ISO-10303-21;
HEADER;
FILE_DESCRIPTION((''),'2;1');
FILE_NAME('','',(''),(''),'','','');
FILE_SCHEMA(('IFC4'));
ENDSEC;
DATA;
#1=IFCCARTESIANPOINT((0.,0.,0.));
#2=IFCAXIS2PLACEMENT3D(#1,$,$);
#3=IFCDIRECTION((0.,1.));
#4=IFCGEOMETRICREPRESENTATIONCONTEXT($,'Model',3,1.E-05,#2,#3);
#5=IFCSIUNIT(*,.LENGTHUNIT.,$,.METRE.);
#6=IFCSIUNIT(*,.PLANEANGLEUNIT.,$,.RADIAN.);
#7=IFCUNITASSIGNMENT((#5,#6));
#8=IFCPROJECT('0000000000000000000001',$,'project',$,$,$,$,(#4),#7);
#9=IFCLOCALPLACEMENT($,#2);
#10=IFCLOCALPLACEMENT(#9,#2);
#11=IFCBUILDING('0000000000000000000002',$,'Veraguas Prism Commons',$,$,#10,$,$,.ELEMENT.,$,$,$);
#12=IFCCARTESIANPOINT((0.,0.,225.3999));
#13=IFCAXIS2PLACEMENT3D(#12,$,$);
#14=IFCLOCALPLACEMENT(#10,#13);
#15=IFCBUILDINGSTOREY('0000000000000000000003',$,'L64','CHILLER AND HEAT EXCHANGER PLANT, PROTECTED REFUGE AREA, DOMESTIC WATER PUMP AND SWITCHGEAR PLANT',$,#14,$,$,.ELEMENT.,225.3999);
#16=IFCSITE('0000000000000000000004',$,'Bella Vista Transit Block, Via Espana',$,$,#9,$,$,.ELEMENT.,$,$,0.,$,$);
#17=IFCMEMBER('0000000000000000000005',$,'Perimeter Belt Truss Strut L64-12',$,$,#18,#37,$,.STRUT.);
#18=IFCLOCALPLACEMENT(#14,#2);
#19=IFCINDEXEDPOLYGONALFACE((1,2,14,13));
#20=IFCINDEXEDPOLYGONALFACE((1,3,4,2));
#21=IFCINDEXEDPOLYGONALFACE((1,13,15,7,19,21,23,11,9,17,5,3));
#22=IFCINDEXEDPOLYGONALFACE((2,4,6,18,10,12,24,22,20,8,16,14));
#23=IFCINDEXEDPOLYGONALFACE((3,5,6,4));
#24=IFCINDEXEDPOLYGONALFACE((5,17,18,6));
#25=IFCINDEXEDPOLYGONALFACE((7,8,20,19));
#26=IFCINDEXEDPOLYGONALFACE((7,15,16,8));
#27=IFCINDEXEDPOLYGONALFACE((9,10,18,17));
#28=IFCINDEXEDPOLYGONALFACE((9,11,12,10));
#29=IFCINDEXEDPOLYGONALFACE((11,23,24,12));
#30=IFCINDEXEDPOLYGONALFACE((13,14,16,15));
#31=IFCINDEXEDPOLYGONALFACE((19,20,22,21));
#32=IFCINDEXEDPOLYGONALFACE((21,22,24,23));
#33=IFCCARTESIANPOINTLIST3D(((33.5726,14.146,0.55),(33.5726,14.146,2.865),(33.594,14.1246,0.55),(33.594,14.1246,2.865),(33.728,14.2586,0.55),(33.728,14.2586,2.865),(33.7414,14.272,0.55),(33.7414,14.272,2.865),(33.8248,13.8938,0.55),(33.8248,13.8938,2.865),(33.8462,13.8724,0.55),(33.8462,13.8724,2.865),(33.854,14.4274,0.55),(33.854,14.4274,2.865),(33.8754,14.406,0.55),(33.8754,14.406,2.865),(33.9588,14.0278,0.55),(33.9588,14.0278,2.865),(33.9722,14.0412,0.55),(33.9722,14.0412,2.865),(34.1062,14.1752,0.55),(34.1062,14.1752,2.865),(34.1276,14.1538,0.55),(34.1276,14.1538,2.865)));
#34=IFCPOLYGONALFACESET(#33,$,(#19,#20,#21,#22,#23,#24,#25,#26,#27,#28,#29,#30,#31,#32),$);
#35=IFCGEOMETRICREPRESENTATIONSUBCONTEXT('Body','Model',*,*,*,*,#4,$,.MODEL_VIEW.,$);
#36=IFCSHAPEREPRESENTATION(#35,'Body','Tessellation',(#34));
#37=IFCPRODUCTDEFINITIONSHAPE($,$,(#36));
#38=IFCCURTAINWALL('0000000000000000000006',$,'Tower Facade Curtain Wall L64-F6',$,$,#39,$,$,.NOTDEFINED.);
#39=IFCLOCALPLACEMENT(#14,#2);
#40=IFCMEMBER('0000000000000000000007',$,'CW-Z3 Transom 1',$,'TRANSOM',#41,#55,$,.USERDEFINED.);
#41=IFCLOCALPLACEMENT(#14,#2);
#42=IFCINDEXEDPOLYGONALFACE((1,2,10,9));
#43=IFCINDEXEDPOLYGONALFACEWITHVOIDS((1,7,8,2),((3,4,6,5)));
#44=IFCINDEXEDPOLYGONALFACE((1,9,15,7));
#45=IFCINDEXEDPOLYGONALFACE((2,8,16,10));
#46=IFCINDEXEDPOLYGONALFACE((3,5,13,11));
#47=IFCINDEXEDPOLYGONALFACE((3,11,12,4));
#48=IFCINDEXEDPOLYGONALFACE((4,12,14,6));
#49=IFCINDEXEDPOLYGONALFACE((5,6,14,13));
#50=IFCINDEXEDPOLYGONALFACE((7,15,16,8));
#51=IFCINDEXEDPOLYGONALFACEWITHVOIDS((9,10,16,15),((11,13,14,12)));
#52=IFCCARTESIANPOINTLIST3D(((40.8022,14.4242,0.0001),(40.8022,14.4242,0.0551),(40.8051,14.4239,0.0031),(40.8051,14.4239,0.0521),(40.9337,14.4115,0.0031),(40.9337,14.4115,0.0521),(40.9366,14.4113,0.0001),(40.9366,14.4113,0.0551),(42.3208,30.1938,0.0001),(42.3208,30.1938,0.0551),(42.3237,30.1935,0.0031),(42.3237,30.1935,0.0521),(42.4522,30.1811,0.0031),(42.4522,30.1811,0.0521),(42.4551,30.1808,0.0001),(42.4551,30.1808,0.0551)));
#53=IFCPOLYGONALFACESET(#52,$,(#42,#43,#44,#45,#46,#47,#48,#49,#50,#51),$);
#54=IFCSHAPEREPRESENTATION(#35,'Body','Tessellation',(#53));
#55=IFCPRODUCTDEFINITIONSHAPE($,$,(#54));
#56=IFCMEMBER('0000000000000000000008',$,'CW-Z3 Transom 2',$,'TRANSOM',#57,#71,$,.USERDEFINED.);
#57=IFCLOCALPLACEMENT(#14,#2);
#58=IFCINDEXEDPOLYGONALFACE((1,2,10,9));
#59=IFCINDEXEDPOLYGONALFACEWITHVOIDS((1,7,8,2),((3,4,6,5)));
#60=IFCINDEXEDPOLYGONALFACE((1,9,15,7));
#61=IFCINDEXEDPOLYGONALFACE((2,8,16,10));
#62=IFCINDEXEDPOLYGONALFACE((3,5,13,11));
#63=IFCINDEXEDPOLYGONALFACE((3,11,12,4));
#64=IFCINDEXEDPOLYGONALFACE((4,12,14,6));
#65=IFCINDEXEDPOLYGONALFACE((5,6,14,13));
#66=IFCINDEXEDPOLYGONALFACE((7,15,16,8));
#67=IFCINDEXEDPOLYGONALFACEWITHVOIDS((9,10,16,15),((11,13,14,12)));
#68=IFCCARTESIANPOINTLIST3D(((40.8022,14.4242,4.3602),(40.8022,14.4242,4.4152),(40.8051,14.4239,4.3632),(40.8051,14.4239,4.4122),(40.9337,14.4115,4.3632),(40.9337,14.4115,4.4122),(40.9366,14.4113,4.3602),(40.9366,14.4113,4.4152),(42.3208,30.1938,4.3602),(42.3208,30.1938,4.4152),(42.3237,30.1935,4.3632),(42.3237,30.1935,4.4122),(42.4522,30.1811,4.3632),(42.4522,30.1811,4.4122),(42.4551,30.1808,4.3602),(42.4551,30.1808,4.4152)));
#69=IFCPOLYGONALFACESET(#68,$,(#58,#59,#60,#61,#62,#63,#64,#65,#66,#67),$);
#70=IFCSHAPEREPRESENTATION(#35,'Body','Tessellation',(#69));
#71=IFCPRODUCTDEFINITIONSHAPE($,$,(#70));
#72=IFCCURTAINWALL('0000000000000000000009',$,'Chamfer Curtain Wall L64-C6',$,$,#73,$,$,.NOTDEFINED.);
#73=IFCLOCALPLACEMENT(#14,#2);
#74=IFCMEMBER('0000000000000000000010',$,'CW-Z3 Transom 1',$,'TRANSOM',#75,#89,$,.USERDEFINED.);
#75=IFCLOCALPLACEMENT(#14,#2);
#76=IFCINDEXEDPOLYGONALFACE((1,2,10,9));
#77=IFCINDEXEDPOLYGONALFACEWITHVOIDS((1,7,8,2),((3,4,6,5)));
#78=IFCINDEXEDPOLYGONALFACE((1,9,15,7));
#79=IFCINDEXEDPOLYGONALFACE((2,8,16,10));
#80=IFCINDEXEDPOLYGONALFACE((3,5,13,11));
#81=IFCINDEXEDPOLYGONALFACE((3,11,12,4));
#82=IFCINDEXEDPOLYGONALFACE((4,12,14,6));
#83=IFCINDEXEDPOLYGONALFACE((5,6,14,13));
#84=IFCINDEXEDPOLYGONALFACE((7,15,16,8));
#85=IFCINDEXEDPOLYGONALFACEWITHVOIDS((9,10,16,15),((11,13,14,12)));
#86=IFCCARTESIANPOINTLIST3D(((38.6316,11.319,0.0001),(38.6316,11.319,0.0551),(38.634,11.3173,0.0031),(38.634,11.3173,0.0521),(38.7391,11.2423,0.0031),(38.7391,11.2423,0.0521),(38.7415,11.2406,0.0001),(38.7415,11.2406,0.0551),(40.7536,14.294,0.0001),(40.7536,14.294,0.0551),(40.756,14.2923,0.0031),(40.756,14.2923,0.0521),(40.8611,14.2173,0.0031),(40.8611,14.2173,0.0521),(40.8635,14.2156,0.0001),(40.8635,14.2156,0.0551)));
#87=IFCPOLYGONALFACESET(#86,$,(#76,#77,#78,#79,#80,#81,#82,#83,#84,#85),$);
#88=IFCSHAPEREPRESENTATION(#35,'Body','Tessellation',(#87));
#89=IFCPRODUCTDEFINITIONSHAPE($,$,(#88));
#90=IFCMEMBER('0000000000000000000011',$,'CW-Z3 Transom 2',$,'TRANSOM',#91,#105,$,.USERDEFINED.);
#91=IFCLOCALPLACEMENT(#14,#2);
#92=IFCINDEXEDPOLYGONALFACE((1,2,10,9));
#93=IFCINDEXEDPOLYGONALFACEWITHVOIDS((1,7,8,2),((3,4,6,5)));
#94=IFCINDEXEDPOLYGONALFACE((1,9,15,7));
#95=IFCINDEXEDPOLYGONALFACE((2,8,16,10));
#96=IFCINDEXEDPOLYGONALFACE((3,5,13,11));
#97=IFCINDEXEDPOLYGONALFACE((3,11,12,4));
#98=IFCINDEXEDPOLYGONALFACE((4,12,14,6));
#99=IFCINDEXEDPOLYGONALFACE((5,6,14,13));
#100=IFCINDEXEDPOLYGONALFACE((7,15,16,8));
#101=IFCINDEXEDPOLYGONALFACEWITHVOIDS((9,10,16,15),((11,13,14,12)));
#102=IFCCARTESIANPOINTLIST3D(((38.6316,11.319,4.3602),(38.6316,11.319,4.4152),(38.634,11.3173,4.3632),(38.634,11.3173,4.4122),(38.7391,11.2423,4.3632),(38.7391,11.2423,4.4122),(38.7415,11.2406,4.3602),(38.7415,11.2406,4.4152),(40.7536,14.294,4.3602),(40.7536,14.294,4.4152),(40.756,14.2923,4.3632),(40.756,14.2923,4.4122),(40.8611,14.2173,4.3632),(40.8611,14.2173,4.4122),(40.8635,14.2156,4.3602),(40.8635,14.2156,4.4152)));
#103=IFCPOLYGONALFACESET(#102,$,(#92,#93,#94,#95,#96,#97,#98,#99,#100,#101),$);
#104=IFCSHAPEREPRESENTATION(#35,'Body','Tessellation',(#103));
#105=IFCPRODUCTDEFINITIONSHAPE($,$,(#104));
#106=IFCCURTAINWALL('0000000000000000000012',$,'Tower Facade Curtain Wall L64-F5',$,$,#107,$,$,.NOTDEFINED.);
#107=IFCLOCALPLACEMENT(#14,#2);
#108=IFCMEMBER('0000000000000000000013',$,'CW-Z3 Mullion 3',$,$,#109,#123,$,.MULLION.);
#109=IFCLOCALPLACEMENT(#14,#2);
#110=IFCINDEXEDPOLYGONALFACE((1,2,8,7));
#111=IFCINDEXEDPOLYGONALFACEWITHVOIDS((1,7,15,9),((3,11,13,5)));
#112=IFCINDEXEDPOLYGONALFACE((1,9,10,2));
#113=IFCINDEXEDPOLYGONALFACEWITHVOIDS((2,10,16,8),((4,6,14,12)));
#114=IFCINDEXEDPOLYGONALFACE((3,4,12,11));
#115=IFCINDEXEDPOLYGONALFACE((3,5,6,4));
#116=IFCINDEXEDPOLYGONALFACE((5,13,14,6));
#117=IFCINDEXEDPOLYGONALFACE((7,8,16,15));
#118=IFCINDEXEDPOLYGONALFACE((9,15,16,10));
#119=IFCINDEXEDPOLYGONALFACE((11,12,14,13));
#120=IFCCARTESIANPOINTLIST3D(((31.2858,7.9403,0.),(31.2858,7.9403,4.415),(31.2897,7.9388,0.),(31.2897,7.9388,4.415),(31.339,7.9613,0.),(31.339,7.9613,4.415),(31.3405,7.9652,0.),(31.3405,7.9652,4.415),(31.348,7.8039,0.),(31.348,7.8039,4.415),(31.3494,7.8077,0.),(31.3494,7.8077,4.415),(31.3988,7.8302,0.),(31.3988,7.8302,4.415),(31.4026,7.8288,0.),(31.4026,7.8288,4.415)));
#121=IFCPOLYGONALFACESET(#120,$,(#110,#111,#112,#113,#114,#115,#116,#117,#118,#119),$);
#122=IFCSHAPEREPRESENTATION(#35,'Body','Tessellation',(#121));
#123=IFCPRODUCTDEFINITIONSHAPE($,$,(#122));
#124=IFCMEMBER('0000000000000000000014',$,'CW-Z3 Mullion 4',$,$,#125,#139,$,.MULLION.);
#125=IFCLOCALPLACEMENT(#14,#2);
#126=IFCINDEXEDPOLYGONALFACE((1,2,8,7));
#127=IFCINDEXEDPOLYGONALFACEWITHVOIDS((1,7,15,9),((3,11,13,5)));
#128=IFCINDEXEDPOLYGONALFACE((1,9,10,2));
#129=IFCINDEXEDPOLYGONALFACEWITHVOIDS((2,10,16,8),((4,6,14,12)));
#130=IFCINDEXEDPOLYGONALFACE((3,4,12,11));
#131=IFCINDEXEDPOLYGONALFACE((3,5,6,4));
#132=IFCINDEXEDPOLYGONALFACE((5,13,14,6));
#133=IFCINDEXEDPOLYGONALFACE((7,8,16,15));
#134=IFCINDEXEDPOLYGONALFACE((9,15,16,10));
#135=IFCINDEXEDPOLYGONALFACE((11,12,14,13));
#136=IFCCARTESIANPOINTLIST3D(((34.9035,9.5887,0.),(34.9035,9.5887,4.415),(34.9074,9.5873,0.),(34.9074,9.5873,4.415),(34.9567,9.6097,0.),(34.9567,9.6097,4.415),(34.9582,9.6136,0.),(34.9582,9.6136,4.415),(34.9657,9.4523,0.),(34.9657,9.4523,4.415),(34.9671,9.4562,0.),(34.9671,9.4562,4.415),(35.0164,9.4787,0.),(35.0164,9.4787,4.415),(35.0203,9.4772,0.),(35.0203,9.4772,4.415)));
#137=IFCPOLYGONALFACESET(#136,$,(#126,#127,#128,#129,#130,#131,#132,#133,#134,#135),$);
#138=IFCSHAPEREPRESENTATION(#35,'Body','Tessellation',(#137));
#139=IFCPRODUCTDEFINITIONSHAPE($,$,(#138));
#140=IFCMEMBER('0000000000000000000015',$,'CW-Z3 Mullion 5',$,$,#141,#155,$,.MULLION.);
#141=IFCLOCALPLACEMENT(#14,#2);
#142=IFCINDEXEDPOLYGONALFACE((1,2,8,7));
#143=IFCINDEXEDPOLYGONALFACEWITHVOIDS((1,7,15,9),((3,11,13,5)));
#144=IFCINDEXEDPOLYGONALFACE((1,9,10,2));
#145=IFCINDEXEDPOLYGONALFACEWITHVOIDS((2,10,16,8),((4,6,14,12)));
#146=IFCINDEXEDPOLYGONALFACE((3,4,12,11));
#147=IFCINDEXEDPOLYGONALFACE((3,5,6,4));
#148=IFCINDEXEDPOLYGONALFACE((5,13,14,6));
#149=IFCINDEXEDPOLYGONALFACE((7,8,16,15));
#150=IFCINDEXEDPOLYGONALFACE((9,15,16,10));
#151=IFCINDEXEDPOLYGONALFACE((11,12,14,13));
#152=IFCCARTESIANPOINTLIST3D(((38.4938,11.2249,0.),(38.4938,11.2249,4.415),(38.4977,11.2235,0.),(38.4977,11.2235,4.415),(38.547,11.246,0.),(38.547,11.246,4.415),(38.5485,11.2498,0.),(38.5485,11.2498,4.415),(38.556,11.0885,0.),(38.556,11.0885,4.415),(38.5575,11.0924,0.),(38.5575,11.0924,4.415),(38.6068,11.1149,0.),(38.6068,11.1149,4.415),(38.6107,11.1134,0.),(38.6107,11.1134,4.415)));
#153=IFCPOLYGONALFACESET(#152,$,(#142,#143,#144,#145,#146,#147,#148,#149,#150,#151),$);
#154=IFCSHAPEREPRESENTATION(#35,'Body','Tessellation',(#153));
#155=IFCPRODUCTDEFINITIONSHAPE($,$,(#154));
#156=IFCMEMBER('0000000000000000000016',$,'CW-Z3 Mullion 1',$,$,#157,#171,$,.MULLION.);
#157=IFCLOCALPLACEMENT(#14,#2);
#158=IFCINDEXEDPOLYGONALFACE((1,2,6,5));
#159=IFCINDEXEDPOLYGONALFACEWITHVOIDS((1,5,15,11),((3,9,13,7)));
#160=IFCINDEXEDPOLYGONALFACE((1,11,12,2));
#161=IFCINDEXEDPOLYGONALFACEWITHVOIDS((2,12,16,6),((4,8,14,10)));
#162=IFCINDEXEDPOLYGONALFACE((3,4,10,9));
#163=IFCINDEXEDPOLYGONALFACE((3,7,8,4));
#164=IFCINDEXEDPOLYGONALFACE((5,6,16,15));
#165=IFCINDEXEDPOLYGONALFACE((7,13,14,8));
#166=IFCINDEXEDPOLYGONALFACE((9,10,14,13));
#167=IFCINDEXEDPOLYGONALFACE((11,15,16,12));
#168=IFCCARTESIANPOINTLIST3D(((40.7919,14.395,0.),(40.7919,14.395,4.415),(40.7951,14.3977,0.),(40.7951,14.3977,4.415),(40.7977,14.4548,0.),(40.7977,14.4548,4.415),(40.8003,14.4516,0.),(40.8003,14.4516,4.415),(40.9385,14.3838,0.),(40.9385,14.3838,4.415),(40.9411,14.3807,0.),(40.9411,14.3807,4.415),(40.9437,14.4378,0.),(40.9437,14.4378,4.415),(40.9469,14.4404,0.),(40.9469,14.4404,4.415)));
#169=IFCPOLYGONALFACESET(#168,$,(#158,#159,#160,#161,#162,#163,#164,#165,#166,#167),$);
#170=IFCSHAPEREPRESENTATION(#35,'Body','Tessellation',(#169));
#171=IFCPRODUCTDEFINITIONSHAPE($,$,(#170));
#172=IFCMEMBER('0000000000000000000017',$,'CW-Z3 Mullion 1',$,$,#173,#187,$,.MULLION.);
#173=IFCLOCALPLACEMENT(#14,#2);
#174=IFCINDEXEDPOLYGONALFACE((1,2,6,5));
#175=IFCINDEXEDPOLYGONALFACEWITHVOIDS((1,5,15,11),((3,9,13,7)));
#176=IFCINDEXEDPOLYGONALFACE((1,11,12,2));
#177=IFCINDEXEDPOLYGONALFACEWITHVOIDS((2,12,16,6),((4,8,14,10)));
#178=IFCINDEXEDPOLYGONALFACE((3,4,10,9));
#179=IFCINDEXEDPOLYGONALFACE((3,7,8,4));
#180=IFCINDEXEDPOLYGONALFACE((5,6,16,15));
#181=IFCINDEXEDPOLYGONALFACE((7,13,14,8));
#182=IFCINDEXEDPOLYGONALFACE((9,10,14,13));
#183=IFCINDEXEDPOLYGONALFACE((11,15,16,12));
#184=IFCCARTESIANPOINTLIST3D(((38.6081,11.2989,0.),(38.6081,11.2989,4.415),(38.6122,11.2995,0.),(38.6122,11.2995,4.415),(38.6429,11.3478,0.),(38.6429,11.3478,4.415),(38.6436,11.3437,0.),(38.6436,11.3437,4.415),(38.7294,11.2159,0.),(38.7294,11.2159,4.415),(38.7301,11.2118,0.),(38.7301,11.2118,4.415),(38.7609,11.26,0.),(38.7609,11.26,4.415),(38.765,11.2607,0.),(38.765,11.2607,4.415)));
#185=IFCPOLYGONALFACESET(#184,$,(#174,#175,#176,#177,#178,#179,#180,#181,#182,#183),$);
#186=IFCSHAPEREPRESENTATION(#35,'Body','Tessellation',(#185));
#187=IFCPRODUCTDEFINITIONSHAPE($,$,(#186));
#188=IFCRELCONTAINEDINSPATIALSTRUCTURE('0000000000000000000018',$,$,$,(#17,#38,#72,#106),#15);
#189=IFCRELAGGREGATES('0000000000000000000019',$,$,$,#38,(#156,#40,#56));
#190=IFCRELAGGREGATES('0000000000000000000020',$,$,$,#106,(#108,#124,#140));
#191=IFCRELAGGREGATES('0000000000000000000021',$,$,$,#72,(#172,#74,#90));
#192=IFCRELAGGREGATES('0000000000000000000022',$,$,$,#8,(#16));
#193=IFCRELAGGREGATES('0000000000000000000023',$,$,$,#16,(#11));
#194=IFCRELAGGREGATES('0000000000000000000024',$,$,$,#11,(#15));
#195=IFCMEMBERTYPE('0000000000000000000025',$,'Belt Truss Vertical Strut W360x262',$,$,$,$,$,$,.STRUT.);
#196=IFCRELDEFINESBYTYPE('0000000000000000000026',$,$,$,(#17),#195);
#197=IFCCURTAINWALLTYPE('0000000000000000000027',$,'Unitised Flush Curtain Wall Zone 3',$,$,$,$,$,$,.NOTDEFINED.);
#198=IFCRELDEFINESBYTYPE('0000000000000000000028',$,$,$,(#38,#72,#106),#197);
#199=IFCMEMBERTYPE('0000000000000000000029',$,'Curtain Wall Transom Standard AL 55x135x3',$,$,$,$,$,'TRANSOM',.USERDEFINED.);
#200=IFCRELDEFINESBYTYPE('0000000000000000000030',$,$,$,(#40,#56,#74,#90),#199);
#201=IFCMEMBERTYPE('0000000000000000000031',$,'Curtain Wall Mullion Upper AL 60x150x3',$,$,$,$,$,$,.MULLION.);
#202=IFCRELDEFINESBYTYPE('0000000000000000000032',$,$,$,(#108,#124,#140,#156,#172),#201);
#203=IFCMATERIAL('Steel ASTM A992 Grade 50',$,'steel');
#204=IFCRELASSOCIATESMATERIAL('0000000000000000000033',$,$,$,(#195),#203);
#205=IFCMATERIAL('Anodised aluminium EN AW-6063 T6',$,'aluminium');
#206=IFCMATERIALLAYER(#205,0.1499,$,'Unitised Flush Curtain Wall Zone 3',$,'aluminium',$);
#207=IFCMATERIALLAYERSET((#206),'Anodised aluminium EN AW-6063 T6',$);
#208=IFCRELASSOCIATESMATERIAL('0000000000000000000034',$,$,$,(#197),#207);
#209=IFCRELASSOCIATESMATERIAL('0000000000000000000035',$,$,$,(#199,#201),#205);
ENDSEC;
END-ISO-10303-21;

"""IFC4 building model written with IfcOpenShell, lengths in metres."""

from ifc_helpers import new_model, si_unit, direction, frame, origin, origin_2d, place, context, subcontext, project, spatial, hollow_rectangle, i_section, extrude, source, transform, mapped, material, layer, layer_set, material_profile, profile_set, type_object, element, aggregate, save


model = new_model("IFC4")

# Units and contexts
model_context = context("Model", 3, precision=1e-05, world=origin(), true_north=direction((0.0, 1.0)))
body_context = subcontext(model_context, "Body", "Model", "MODEL_VIEW")
ifc_project = project(units=[si_unit("LENGTHUNIT", "METRE"), si_unit("PLANEANGLEUNIT", "RADIAN")], contexts=[model_context])

# Site, building, storey
site_placement = place(None, origin())
site = spatial("IfcSite", under=ifc_project, at=site_placement, Name="Bella Vista Transit Block, Via Espana", CompositionType="ELEMENT", RefElevation=0.0)
building_placement = place(site_placement, origin())
building = spatial("IfcBuilding", under=site, at=building_placement, Name="Veraguas Prism Commons", CompositionType="ELEMENT")
storey_placement = place(building_placement, frame((0.0, 0.0, 225.3999)))
storey = spatial("IfcBuildingStorey", under=building, at=storey_placement, Name="L64", Description="CHILLER AND HEAT EXCHANGER PLANT, PROTECTED REFUGE AREA, DOMESTIC WATER PUMP AND SWITCHGEAR PLANT", CompositionType="ELEMENT", Elevation=225.3999)

# Member
ifc_material_1 = material(Name="Steel ASTM A992 Grade 50", Category="steel")
ifc_material_profile_1 = material_profile(ifc_material_1, i_section(OverallWidth=0.3979, OverallDepth=0.387, WebThickness=0.019, FlangeThickness=0.0303, at=origin_2d()), Name="W360X262")
ifc_profile_set_1 = profile_set([ifc_material_profile_1], Name="Steel ASTM A992 Grade 50")
member_type_1 = type_object("IfcMemberType", Name="Belt Truss Vertical Strut W360x262", PredefinedType="STRUT", material=ifc_profile_set_1)
member_1_placement = place(storey_placement, frame((33.8501, 14.1499, 0.55), z_axis=(0.0, 0.0, 1.0), x_axis=(0.707107, 0.707107, 0.0)))
element("IfcMember", 1, at=member_1_placement, inside=storey, type_object=member_type_1, Name="Perimeter Belt Truss Strut L64-12", PredefinedType="STRUT", context=body_context, shape_type="SweptSolid", body=[
    extrude(i_section(OverallWidth=0.3979, OverallDepth=0.387, WebThickness=0.019, FlangeThickness=0.0303, at=origin_2d()), origin(), (0.0, 0.0, 1.0), 2.3149),
])

# Curtain walls, members
ifc_material_2 = material(Name="Anodised aluminium EN AW-6063 T6", Category="aluminium")
ifc_layer_1 = layer(ifc_material_2, 0.1499, Name="Unitised Flush Curtain Wall Zone 3", Category="aluminium")
ifc_layer_set_1 = layer_set([ifc_layer_1], Name="Anodised aluminium EN AW-6063 T6")
curtain_wall_type = type_object("IfcCurtainWallType", Name="Unitised Flush Curtain Wall Zone 3", PredefinedType="NOTDEFINED", material=ifc_layer_set_1)
curtain_wall_1_placement = place(storey_placement, origin())
curtain_wall_1 = element("IfcCurtainWall", 2, at=curtain_wall_1_placement, inside=storey, type_object=curtain_wall_type, Name="Tower Facade Curtain Wall L64-F6", PredefinedType="NOTDEFINED")
ifc_material_profile_2 = material_profile(ifc_material_2, hollow_rectangle(XDim=0.0549, YDim=0.135, WallThickness=0.0029, at=origin_2d()), Name="AL55X135X3")
ifc_profile_set_2 = profile_set([ifc_material_profile_2], Name="Anodised aluminium EN AW-6063 T6")
member_type_2 = type_object("IfcMemberType", Name="Curtain Wall Transom Standard AL 55x135x3", ElementType="TRANSOM", PredefinedType="USERDEFINED", material=ifc_profile_set_2)
shared_shape_1 = source(origin(), body_context, "Body", "SweptSolid", [
    extrude(hollow_rectangle(XDim=0.0549, YDim=0.135, WallThickness=0.0029, at=origin_2d()), origin(), (0.0, 0.0, 1.0), 15.8425),
])
member_2_placement = place(storey_placement, frame((40.8694, 14.4177, 0.0276), z_axis=(0.095853, 0.995395, 0.0), x_axis=(0.0, 0.0, 1.0)))
member_2 = element("IfcMember", 3, at=member_2_placement, type_object=member_type_2, Name="CW-Z3 Transom 1", ObjectType="TRANSOM", PredefinedType="USERDEFINED", context=body_context, shape_type="MappedRepresentation", body=[
    mapped(shared_shape_1, transform((0.0, 0.0, 0.0), scale=1.0)),
])
member_3_placement = place(storey_placement, frame((40.8694, 14.4177, 4.3877), z_axis=(0.095853, 0.995395, 0.0), x_axis=(0.0, 0.0, 1.0)))
member_3 = element("IfcMember", 4, at=member_3_placement, type_object=member_type_2, Name="CW-Z3 Transom 2", ObjectType="TRANSOM", PredefinedType="USERDEFINED", context=body_context, shape_type="MappedRepresentation", body=[
    mapped(shared_shape_1, transform((0.0, 0.0, 0.0), scale=1.0)),
])
curtain_wall_2_placement = place(storey_placement, origin())
curtain_wall_2 = element("IfcCurtainWall", 5, at=curtain_wall_2_placement, inside=storey, type_object=curtain_wall_type, Name="Chamfer Curtain Wall L64-C6", PredefinedType="NOTDEFINED")
shared_shape_2 = source(origin(), body_context, "Body", "SweptSolid", [
    extrude(hollow_rectangle(XDim=0.0549, YDim=0.135, WallThickness=0.0029, at=origin_2d()), origin(), (0.0, 0.0, 1.0), 3.6543),
])
member_4_placement = place(storey_placement, frame((38.6865, 11.2798, 0.0276), z_axis=(0.580695, 0.814121, 0.0), x_axis=(0.0, 0.0, 1.0)))
member_4 = element("IfcMember", 6, at=member_4_placement, type_object=member_type_2, Name="CW-Z3 Transom 1", ObjectType="TRANSOM", PredefinedType="USERDEFINED", context=body_context, shape_type="MappedRepresentation", body=[
    mapped(shared_shape_2, transform((0.0, 0.0, 0.0), scale=1.0)),
])
member_5_placement = place(storey_placement, frame((38.6865, 11.2798, 4.3877), z_axis=(0.580695, 0.814121, 0.0), x_axis=(0.0, 0.0, 1.0)))
member_5 = element("IfcMember", 7, at=member_5_placement, type_object=member_type_2, Name="CW-Z3 Transom 2", ObjectType="TRANSOM", PredefinedType="USERDEFINED", context=body_context, shape_type="MappedRepresentation", body=[
    mapped(shared_shape_2, transform((0.0, 0.0, 0.0), scale=1.0)),
])
curtain_wall_3_placement = place(storey_placement, origin())
curtain_wall_3 = element("IfcCurtainWall", 8, at=curtain_wall_3_placement, inside=storey, type_object=curtain_wall_type, Name="Tower Facade Curtain Wall L64-F5", PredefinedType="NOTDEFINED")
ifc_material_profile_3 = material_profile(ifc_material_2, hollow_rectangle(XDim=0.0601, YDim=0.1499, WallThickness=0.0029, at=origin_2d()), Name="AL60X150X3")
ifc_profile_set_3 = profile_set([ifc_material_profile_3], Name="Anodised aluminium EN AW-6063 T6")
member_type_3 = type_object("IfcMemberType", Name="Curtain Wall Mullion Upper AL 60x150x3", PredefinedType="MULLION", material=ifc_profile_set_3)
shared_shape_3 = source(origin(), body_context, "Body", "SweptSolid", [
    extrude(hollow_rectangle(XDim=0.0601, YDim=0.1499, WallThickness=0.0029, at=origin_2d()), origin(), (0.0, 0.0, 1.0), 4.415),
])
member_6_placement = place(storey_placement, frame((31.3442, 7.8845, 0.0), z_axis=(0.0, 0.0, 1.0), x_axis=(0.909962, 0.414692, 0.0)))
member_6 = element("IfcMember", 9, at=member_6_placement, type_object=member_type_3, Name="CW-Z3 Mullion 3", PredefinedType="MULLION", context=body_context, shape_type="MappedRepresentation", body=[
    mapped(shared_shape_3, transform((0.0, 0.0, 0.0), scale=1.0)),
])
member_7_placement = place(storey_placement, frame((34.9619, 9.533, 0.0), z_axis=(0.0, 0.0, 1.0), x_axis=(0.909962, 0.414692, 0.0)))
member_7 = element("IfcMember", 10, at=member_7_placement, type_object=member_type_3, Name="CW-Z3 Mullion 4", PredefinedType="MULLION", context=body_context, shape_type="MappedRepresentation", body=[
    mapped(shared_shape_3, transform((0.0, 0.0, 0.0), scale=1.0)),
])
member_8_placement = place(storey_placement, frame((38.5522, 11.1692, 0.0), z_axis=(0.0, 0.0, 1.0), x_axis=(0.909962, 0.414692, 0.0)))
member_8 = element("IfcMember", 11, at=member_8_placement, type_object=member_type_3, Name="CW-Z3 Mullion 5", PredefinedType="MULLION", context=body_context, shape_type="MappedRepresentation", body=[
    mapped(shared_shape_3, transform((0.0, 0.0, 0.0), scale=1.0)),
])

# Members
member_9_placement = place(storey_placement, frame((40.8694, 14.4177, 0.0), z_axis=(0.0, 0.0, 1.0), x_axis=(0.095841, 0.995397, 0.0)))
member_9 = element("IfcMember", 12, at=member_9_placement, type_object=member_type_3, Name="CW-Z3 Mullion 1", PredefinedType="MULLION", context=body_context, shape_type="MappedRepresentation", body=[
    mapped(shared_shape_3, transform((0.0, 0.0, 0.0), scale=1.0)),
])
aggregate(curtain_wall_1, [member_9, member_2, member_3])
member_10_placement = place(storey_placement, frame((38.6865, 11.2798, 0.0), z_axis=(0.0, 0.0, 1.0), x_axis=(0.580703, 0.814116, 0.0)))
member_10 = element("IfcMember", 13, at=member_10_placement, type_object=member_type_3, Name="CW-Z3 Mullion 1", PredefinedType="MULLION", context=body_context, shape_type="MappedRepresentation", body=[
    mapped(shared_shape_3, transform((0.0, 0.0, 0.0), scale=1.0)),
])

aggregate(curtain_wall_3, [member_6, member_7, member_8])
aggregate(curtain_wall_2, [member_10, member_4, member_5])

save(model, "model.ifc")
